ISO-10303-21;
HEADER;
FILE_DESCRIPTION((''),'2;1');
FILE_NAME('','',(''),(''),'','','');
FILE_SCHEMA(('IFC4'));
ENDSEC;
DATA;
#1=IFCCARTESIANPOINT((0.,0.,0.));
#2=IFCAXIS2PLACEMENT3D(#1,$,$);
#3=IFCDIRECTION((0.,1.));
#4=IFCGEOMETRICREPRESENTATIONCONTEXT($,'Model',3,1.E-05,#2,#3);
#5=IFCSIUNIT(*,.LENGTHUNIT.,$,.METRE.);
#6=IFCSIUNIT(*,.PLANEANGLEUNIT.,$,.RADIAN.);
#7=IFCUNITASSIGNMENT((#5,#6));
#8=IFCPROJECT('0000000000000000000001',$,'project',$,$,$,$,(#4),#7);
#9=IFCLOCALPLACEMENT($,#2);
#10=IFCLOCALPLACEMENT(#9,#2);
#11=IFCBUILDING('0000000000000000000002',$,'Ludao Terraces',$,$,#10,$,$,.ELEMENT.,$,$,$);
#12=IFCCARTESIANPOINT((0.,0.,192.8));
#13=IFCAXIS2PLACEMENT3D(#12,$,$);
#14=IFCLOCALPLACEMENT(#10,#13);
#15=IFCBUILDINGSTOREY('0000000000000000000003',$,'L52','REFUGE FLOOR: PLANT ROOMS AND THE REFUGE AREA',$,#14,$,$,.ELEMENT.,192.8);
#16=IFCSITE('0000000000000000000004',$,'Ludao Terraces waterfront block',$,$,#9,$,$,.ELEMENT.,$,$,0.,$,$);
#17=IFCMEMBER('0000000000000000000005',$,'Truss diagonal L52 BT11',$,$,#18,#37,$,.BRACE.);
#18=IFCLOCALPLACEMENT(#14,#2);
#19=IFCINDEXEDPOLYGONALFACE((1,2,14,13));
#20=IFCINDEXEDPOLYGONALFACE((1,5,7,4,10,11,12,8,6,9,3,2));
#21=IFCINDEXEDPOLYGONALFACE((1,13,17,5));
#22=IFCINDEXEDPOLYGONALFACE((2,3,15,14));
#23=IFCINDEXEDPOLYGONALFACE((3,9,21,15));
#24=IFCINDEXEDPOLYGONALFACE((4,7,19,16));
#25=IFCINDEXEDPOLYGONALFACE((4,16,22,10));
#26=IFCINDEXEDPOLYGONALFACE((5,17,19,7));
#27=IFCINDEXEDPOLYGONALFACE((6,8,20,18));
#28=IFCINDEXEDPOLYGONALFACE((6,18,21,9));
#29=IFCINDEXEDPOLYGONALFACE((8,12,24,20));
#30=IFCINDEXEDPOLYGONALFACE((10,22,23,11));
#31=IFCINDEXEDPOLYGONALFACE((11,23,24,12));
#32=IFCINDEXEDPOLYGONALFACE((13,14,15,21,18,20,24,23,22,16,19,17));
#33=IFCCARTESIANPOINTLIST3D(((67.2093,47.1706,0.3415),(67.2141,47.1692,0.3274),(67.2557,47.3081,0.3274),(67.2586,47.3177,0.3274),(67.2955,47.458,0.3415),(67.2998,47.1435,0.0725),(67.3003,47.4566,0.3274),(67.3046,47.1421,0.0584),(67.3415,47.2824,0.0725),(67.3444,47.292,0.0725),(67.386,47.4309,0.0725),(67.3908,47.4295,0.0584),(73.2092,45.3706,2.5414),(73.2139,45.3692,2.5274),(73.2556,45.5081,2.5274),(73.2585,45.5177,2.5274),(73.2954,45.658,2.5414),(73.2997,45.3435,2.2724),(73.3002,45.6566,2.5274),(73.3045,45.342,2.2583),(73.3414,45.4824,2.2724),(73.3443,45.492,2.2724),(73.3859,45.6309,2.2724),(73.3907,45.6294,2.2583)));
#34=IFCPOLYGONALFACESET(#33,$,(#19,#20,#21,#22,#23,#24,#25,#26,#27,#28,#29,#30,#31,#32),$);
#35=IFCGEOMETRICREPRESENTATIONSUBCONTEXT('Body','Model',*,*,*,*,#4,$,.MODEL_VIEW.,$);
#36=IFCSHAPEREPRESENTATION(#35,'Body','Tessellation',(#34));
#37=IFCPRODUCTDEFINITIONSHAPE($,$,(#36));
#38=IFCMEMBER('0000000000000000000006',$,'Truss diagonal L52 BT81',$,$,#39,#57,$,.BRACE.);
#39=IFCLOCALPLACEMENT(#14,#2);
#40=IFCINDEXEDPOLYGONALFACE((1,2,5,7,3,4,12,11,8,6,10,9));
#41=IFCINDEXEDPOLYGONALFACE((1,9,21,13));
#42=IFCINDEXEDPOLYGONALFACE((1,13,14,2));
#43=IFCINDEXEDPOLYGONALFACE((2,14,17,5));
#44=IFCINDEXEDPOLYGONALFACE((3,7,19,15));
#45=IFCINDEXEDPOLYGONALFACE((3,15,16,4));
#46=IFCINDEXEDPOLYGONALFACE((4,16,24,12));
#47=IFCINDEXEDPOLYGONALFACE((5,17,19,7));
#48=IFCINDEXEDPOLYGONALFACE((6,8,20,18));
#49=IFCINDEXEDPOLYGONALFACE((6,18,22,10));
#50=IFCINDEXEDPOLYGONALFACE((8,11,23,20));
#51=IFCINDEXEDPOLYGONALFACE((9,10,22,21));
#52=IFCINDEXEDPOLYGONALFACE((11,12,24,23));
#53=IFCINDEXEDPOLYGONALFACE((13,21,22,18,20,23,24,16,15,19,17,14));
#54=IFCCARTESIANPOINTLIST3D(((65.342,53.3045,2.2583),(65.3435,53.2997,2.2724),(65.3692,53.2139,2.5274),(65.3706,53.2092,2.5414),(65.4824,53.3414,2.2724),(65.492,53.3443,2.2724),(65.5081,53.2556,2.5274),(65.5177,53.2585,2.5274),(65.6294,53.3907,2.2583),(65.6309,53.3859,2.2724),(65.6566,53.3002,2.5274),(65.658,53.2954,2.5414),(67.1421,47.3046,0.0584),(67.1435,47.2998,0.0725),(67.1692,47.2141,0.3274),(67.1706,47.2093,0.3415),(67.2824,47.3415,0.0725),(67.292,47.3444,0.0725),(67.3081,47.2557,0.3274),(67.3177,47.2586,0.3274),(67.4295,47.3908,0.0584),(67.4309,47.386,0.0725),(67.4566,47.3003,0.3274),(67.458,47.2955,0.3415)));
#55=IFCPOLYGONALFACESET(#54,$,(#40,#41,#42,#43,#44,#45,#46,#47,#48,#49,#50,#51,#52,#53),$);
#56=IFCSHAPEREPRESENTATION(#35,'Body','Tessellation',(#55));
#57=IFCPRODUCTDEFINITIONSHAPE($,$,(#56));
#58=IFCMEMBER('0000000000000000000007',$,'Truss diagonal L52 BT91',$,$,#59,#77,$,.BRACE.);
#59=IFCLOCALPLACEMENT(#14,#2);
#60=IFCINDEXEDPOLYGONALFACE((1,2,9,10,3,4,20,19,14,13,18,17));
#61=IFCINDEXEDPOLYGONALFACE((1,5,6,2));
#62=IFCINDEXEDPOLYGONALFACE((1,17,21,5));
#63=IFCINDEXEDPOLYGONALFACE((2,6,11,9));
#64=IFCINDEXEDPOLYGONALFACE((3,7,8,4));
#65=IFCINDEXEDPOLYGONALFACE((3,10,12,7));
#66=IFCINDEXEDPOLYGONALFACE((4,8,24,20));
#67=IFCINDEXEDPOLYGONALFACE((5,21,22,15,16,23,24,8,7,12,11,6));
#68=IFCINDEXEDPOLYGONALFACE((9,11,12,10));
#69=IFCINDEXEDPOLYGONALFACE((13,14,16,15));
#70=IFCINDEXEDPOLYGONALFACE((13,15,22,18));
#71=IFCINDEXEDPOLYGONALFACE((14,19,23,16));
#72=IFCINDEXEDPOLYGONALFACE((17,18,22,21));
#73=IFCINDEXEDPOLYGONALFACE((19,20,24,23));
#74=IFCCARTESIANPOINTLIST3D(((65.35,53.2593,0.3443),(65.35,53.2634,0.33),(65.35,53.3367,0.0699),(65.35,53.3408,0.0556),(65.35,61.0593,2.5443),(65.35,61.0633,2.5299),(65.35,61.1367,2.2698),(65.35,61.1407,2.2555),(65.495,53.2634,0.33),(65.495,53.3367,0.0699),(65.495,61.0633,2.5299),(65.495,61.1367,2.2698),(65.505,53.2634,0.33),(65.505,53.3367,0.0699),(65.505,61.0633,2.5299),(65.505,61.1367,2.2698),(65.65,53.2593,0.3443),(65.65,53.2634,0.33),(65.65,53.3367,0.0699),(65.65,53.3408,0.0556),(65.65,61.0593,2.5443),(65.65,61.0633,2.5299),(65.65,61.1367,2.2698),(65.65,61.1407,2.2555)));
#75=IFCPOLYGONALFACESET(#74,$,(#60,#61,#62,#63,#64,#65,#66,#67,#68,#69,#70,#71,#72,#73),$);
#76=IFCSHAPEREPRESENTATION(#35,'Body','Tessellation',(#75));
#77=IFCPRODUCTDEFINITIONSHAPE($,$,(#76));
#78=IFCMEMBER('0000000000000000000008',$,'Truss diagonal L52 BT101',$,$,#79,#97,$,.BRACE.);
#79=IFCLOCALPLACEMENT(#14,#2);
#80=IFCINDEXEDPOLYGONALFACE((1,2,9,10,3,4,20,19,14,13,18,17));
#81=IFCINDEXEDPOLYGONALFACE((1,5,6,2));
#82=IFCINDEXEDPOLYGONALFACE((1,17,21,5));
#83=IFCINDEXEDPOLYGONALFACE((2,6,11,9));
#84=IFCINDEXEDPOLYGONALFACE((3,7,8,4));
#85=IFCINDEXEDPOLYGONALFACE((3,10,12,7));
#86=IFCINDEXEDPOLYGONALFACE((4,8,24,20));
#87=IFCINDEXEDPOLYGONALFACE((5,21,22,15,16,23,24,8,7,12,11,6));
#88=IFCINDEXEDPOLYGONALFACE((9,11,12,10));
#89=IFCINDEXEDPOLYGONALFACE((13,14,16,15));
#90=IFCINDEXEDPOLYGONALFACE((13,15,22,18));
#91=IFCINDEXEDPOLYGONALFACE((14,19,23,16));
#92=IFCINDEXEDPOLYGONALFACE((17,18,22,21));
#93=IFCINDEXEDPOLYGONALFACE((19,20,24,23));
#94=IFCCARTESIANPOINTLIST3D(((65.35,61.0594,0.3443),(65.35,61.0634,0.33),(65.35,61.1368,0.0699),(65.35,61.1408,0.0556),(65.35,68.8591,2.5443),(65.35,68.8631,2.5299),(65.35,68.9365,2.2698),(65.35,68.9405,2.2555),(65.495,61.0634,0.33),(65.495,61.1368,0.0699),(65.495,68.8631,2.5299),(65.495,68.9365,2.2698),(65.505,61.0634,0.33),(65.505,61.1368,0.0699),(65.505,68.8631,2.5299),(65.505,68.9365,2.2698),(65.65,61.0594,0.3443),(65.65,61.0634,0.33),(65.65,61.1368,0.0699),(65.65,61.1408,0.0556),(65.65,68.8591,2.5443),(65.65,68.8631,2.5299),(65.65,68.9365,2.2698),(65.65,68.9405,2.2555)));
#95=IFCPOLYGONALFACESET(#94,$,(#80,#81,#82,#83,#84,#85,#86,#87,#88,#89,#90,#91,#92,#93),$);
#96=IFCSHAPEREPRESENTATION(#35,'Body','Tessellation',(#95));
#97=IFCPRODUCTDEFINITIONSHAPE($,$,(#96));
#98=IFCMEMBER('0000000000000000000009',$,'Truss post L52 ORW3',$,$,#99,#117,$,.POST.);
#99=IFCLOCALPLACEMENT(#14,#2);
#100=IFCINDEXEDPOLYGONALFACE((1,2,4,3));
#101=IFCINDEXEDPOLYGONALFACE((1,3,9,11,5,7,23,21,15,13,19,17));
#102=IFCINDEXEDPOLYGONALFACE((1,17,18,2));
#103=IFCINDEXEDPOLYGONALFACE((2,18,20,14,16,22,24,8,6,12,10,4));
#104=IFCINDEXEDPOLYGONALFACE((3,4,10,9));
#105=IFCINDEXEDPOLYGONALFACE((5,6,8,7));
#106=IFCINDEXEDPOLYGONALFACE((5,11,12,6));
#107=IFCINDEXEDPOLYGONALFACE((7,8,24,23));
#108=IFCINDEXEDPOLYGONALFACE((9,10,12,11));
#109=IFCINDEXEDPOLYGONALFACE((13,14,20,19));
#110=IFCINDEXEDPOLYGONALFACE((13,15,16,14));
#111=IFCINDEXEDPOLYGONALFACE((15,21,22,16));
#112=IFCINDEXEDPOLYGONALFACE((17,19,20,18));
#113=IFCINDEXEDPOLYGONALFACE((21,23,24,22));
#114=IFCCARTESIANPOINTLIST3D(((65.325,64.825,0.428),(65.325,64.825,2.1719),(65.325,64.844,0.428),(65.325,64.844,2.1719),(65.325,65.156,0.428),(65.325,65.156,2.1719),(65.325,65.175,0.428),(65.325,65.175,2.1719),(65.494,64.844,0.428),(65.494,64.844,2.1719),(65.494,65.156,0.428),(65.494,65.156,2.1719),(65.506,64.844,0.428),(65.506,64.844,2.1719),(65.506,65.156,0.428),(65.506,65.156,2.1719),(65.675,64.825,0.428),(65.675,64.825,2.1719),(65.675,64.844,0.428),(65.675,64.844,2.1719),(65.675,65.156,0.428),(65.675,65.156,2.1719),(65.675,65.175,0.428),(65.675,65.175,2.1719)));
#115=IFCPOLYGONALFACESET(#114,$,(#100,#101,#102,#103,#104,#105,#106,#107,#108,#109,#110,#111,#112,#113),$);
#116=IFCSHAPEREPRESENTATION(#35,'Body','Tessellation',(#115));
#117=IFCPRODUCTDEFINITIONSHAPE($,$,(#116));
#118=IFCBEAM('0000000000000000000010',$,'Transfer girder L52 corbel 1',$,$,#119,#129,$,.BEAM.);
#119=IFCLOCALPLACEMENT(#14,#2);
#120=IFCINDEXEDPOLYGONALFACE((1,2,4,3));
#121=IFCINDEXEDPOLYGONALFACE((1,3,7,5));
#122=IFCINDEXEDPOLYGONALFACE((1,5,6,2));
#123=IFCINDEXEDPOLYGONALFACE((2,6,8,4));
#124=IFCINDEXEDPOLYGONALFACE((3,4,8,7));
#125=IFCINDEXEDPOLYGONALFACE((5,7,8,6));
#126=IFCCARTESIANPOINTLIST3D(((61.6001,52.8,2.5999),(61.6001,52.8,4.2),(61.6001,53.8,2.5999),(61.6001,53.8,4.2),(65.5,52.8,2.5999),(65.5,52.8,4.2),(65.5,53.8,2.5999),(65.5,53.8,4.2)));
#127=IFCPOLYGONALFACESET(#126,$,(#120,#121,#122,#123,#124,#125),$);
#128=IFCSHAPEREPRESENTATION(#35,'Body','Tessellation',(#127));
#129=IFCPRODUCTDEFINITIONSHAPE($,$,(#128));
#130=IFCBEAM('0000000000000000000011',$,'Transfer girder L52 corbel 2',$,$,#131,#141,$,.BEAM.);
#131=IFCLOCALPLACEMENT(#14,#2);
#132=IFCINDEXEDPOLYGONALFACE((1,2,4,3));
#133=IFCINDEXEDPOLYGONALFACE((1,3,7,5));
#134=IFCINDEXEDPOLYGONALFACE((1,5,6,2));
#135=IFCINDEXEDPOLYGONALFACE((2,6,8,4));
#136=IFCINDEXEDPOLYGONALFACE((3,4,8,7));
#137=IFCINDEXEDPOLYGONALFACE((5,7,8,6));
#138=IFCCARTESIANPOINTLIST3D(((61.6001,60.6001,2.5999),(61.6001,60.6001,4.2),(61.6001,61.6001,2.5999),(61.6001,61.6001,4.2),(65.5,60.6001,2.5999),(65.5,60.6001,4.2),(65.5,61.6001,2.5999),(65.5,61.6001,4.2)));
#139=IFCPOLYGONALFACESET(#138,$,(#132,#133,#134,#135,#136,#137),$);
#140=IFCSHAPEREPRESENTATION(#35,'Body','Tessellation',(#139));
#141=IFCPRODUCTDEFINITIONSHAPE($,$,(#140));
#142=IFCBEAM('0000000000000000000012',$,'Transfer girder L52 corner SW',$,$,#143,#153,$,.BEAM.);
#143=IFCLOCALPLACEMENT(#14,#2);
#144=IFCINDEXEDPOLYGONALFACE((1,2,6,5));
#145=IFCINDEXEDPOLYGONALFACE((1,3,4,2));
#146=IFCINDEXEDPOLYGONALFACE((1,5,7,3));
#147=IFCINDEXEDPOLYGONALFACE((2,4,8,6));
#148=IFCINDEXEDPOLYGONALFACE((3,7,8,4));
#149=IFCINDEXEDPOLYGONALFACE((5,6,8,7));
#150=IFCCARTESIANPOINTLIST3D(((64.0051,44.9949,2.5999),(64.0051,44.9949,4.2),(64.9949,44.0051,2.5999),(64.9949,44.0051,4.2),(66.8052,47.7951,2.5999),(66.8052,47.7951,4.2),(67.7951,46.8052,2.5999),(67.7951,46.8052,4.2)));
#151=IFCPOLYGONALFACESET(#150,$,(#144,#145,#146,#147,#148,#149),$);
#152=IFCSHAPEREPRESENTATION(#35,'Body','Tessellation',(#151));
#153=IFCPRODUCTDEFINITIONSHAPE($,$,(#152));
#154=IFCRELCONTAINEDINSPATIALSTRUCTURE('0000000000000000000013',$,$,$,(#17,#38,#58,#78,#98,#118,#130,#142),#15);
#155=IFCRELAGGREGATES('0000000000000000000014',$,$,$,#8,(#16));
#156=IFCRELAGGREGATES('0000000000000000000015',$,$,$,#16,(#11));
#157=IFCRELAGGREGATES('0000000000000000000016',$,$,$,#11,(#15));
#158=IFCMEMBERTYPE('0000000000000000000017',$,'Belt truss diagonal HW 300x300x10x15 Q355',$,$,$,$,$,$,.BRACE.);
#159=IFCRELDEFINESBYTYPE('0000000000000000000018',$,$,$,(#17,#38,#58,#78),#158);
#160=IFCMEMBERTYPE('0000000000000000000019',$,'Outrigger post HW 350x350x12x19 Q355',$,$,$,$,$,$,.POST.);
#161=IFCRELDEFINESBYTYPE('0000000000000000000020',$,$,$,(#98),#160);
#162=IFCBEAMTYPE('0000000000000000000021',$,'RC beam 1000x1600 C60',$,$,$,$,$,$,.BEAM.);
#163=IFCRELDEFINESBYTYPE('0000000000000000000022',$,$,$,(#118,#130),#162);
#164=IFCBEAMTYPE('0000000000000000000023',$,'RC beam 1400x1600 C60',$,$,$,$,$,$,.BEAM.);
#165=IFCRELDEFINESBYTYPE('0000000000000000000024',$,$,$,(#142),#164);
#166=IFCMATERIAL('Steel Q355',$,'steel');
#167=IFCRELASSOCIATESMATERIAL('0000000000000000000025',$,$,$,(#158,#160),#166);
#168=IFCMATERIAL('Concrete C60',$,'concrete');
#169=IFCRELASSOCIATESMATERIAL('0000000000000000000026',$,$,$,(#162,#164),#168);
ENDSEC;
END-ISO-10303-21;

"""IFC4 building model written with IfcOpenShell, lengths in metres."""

from ifc_helpers import new_model, si_unit, direction, frame, origin, origin_2d, place, context, subcontext, project, spatial, rectangle, i_section, extrude, material, material_profile, profile_set, type_object, element, save


model = new_model("IFC4")

# Units and contexts
model_context = context("Model", 3, precision=1e-05, world=origin(), true_north=direction((0.0, 1.0)))
body_context = subcontext(model_context, "Body", "Model", "MODEL_VIEW")
ifc_project = project(units=[si_unit("LENGTHUNIT", "METRE"), si_unit("PLANEANGLEUNIT", "RADIAN")], contexts=[model_context])

# Site, building, storey
site_placement = place(None, origin())
site = spatial("IfcSite", under=ifc_project, at=site_placement, Name="Ludao Terraces waterfront block", CompositionType="ELEMENT", RefElevation=0.0)
building_placement = place(site_placement, origin())
building = spatial("IfcBuilding", under=site, at=building_placement, Name="Ludao Terraces", CompositionType="ELEMENT")
storey_placement = place(building_placement, frame((0.0, 0.0, 192.8)))
storey = spatial("IfcBuildingStorey", under=building, at=storey_placement, Name="L52", Description="REFUGE FLOOR: PLANT ROOMS AND THE REFUGE AREA", CompositionType="ELEMENT", Elevation=192.8)

# Members
ifc_material_1 = material(Name="Steel Q355", Category="steel")
ifc_material_profile_1 = material_profile(ifc_material_1, i_section(OverallWidth=0.3, OverallDepth=0.3, WebThickness=0.01, FlangeThickness=0.0149, at=origin_2d()), Name="HW 300X300X10X15")
ifc_profile_set_1 = profile_set([ifc_material_profile_1], Name="Steel Q355")
member_type_1 = type_object("IfcMemberType", Name="Belt truss diagonal HW 300x300x10x15 Q355", PredefinedType="BRACE", material=ifc_profile_set_1)
for number, where, z_axis, x_axis, name in (
    (1, (67.3, 47.3, 0.2), (0.903713, -0.271121, 0.331354), (0.287355, 0.957824, 0.0), "Truss diagonal L52 BT11"),
    (2, (67.3, 47.3, 0.2), (-0.271121, 0.903713, 0.331354), (-0.957824, -0.287355, 0.0), "Truss diagonal L52 BT81"),
):
    element("IfcMember", number, at=place(storey_placement, frame(where, z_axis=z_axis, x_axis=x_axis)), inside=storey, type_object=member_type_1, Name=name, PredefinedType="BRACE", context=body_context, shape_type="SweptSolid", body=[
        extrude(i_section(OverallWidth=0.3, OverallDepth=0.3, WebThickness=0.01, FlangeThickness=0.0149, at=origin_2d()), origin(), (0.0, 0.0, 1.0), 6.6392),
    ])
member_1_placement = place(storey_placement, frame((65.5, 53.3, 0.2), z_axis=(0.0, 0.962452, 0.271453), x_axis=(-1.0, 0.0, 0.0)))
element("IfcMember", 3, at=member_1_placement, inside=storey, type_object=member_type_1, Name="Truss diagonal L52 BT91", PredefinedType="BRACE", context=body_context, shape_type="SweptSolid", body=[
    extrude(i_section(OverallWidth=0.3, OverallDepth=0.3, WebThickness=0.01, FlangeThickness=0.0149, at=origin_2d()), origin(), (0.0, 0.0, 1.0), 8.1042),
])
member_2_placement = place(storey_placement, frame((65.5, 61.1001, 0.2), z_axis=(0.0, 0.962449, 0.271461), x_axis=(-1.0, 0.0, 0.0)))
element("IfcMember", 4, at=member_2_placement, inside=storey, type_object=member_type_1, Name="Truss diagonal L52 BT101", PredefinedType="BRACE", context=body_context, shape_type="SweptSolid", body=[
    extrude(i_section(OverallWidth=0.3, OverallDepth=0.3, WebThickness=0.01, FlangeThickness=0.0149, at=origin_2d()), origin(), (0.0, 0.0, 1.0), 8.104),
])
ifc_material_profile_2 = material_profile(ifc_material_1, i_section(OverallWidth=0.3501, OverallDepth=0.3501, WebThickness=0.012, FlangeThickness=0.019, at=origin_2d()), Name="HW 350X350X12X19")
ifc_profile_set_2 = profile_set([ifc_material_profile_2], Name="Steel Q355")
member_type_2 = type_object("IfcMemberType", Name="Outrigger post HW 350x350x12x19 Q355", PredefinedType="POST", material=ifc_profile_set_2)
member_3_placement = place(storey_placement, frame((65.5, 65.0, 0.428), z_axis=(0.0, 0.0, 1.0), x_axis=(1.0, 0.0, 0.0)))
element("IfcMember", 5, at=member_3_placement, inside=storey, type_object=member_type_2, Name="Truss post L52 ORW3", PredefinedType="POST", context=body_context, shape_type="SweptSolid", body=[
    extrude(i_section(OverallWidth=0.3501, OverallDepth=0.3501, WebThickness=0.012, FlangeThickness=0.019, at=origin_2d()), origin(), (0.0, 0.0, 1.0), 1.7439),
])

# Beams
ifc_material_2 = material(Name="Concrete C60", Category="concrete")
ifc_material_profile_3 = material_profile(ifc_material_2, rectangle(XDim=1.0, YDim=1.6001, at=origin_2d()), Name="1000 X 1600")
ifc_profile_set_3 = profile_set([ifc_material_profile_3], Name="Concrete C60")
beam_type_1 = type_object("IfcBeamType", Name="RC beam 1000x1600 C60", PredefinedType="BEAM", material=ifc_profile_set_3)
for number, where, z_axis, x_axis, name in (
    (6, (61.6001, 53.3, 3.3999), (1.0, 0.0, 0.0), (0.0, 1.0, 0.0), "Transfer girder L52 corbel 1"),
    (7, (61.6001, 61.1001, 3.3999), (1.0, 0.0, 0.0), (0.0, 1.0, 0.0), "Transfer girder L52 corbel 2"),
):
    element("IfcBeam", number, at=place(storey_placement, frame(where, z_axis=z_axis, x_axis=x_axis)), inside=storey, type_object=beam_type_1, Name=name, PredefinedType="BEAM", context=body_context, shape_type="SweptSolid", body=[
        extrude(rectangle(XDim=1.0, YDim=1.6001, at=origin_2d()), origin(), (0.0, 0.0, 1.0), 3.8999),
    ])
ifc_material_profile_4 = material_profile(ifc_material_2, rectangle(XDim=1.3999, YDim=1.6001, at=origin_2d()), Name="1400 X 1600")
ifc_profile_set_4 = profile_set([ifc_material_profile_4], Name="Concrete C60")
beam_type_2 = type_object("IfcBeamType", Name="RC beam 1400x1600 C60", PredefinedType="BEAM", material=ifc_profile_set_4)
beam_placement = place(storey_placement, frame((64.5, 44.5, 3.3999), z_axis=(0.707107, 0.707107, 0.0), x_axis=(-0.707107, 0.707107, 0.0)))
element("IfcBeam", 8, at=beam_placement, inside=storey, type_object=beam_type_2, Name="Transfer girder L52 corner SW", PredefinedType="BEAM", context=body_context, shape_type="SweptSolid", body=[
    extrude(rectangle(XDim=1.3999, YDim=1.6001, at=origin_2d()), origin(), (0.0, 0.0, 1.0), 3.96),
])

save(model, "model.ifc")
